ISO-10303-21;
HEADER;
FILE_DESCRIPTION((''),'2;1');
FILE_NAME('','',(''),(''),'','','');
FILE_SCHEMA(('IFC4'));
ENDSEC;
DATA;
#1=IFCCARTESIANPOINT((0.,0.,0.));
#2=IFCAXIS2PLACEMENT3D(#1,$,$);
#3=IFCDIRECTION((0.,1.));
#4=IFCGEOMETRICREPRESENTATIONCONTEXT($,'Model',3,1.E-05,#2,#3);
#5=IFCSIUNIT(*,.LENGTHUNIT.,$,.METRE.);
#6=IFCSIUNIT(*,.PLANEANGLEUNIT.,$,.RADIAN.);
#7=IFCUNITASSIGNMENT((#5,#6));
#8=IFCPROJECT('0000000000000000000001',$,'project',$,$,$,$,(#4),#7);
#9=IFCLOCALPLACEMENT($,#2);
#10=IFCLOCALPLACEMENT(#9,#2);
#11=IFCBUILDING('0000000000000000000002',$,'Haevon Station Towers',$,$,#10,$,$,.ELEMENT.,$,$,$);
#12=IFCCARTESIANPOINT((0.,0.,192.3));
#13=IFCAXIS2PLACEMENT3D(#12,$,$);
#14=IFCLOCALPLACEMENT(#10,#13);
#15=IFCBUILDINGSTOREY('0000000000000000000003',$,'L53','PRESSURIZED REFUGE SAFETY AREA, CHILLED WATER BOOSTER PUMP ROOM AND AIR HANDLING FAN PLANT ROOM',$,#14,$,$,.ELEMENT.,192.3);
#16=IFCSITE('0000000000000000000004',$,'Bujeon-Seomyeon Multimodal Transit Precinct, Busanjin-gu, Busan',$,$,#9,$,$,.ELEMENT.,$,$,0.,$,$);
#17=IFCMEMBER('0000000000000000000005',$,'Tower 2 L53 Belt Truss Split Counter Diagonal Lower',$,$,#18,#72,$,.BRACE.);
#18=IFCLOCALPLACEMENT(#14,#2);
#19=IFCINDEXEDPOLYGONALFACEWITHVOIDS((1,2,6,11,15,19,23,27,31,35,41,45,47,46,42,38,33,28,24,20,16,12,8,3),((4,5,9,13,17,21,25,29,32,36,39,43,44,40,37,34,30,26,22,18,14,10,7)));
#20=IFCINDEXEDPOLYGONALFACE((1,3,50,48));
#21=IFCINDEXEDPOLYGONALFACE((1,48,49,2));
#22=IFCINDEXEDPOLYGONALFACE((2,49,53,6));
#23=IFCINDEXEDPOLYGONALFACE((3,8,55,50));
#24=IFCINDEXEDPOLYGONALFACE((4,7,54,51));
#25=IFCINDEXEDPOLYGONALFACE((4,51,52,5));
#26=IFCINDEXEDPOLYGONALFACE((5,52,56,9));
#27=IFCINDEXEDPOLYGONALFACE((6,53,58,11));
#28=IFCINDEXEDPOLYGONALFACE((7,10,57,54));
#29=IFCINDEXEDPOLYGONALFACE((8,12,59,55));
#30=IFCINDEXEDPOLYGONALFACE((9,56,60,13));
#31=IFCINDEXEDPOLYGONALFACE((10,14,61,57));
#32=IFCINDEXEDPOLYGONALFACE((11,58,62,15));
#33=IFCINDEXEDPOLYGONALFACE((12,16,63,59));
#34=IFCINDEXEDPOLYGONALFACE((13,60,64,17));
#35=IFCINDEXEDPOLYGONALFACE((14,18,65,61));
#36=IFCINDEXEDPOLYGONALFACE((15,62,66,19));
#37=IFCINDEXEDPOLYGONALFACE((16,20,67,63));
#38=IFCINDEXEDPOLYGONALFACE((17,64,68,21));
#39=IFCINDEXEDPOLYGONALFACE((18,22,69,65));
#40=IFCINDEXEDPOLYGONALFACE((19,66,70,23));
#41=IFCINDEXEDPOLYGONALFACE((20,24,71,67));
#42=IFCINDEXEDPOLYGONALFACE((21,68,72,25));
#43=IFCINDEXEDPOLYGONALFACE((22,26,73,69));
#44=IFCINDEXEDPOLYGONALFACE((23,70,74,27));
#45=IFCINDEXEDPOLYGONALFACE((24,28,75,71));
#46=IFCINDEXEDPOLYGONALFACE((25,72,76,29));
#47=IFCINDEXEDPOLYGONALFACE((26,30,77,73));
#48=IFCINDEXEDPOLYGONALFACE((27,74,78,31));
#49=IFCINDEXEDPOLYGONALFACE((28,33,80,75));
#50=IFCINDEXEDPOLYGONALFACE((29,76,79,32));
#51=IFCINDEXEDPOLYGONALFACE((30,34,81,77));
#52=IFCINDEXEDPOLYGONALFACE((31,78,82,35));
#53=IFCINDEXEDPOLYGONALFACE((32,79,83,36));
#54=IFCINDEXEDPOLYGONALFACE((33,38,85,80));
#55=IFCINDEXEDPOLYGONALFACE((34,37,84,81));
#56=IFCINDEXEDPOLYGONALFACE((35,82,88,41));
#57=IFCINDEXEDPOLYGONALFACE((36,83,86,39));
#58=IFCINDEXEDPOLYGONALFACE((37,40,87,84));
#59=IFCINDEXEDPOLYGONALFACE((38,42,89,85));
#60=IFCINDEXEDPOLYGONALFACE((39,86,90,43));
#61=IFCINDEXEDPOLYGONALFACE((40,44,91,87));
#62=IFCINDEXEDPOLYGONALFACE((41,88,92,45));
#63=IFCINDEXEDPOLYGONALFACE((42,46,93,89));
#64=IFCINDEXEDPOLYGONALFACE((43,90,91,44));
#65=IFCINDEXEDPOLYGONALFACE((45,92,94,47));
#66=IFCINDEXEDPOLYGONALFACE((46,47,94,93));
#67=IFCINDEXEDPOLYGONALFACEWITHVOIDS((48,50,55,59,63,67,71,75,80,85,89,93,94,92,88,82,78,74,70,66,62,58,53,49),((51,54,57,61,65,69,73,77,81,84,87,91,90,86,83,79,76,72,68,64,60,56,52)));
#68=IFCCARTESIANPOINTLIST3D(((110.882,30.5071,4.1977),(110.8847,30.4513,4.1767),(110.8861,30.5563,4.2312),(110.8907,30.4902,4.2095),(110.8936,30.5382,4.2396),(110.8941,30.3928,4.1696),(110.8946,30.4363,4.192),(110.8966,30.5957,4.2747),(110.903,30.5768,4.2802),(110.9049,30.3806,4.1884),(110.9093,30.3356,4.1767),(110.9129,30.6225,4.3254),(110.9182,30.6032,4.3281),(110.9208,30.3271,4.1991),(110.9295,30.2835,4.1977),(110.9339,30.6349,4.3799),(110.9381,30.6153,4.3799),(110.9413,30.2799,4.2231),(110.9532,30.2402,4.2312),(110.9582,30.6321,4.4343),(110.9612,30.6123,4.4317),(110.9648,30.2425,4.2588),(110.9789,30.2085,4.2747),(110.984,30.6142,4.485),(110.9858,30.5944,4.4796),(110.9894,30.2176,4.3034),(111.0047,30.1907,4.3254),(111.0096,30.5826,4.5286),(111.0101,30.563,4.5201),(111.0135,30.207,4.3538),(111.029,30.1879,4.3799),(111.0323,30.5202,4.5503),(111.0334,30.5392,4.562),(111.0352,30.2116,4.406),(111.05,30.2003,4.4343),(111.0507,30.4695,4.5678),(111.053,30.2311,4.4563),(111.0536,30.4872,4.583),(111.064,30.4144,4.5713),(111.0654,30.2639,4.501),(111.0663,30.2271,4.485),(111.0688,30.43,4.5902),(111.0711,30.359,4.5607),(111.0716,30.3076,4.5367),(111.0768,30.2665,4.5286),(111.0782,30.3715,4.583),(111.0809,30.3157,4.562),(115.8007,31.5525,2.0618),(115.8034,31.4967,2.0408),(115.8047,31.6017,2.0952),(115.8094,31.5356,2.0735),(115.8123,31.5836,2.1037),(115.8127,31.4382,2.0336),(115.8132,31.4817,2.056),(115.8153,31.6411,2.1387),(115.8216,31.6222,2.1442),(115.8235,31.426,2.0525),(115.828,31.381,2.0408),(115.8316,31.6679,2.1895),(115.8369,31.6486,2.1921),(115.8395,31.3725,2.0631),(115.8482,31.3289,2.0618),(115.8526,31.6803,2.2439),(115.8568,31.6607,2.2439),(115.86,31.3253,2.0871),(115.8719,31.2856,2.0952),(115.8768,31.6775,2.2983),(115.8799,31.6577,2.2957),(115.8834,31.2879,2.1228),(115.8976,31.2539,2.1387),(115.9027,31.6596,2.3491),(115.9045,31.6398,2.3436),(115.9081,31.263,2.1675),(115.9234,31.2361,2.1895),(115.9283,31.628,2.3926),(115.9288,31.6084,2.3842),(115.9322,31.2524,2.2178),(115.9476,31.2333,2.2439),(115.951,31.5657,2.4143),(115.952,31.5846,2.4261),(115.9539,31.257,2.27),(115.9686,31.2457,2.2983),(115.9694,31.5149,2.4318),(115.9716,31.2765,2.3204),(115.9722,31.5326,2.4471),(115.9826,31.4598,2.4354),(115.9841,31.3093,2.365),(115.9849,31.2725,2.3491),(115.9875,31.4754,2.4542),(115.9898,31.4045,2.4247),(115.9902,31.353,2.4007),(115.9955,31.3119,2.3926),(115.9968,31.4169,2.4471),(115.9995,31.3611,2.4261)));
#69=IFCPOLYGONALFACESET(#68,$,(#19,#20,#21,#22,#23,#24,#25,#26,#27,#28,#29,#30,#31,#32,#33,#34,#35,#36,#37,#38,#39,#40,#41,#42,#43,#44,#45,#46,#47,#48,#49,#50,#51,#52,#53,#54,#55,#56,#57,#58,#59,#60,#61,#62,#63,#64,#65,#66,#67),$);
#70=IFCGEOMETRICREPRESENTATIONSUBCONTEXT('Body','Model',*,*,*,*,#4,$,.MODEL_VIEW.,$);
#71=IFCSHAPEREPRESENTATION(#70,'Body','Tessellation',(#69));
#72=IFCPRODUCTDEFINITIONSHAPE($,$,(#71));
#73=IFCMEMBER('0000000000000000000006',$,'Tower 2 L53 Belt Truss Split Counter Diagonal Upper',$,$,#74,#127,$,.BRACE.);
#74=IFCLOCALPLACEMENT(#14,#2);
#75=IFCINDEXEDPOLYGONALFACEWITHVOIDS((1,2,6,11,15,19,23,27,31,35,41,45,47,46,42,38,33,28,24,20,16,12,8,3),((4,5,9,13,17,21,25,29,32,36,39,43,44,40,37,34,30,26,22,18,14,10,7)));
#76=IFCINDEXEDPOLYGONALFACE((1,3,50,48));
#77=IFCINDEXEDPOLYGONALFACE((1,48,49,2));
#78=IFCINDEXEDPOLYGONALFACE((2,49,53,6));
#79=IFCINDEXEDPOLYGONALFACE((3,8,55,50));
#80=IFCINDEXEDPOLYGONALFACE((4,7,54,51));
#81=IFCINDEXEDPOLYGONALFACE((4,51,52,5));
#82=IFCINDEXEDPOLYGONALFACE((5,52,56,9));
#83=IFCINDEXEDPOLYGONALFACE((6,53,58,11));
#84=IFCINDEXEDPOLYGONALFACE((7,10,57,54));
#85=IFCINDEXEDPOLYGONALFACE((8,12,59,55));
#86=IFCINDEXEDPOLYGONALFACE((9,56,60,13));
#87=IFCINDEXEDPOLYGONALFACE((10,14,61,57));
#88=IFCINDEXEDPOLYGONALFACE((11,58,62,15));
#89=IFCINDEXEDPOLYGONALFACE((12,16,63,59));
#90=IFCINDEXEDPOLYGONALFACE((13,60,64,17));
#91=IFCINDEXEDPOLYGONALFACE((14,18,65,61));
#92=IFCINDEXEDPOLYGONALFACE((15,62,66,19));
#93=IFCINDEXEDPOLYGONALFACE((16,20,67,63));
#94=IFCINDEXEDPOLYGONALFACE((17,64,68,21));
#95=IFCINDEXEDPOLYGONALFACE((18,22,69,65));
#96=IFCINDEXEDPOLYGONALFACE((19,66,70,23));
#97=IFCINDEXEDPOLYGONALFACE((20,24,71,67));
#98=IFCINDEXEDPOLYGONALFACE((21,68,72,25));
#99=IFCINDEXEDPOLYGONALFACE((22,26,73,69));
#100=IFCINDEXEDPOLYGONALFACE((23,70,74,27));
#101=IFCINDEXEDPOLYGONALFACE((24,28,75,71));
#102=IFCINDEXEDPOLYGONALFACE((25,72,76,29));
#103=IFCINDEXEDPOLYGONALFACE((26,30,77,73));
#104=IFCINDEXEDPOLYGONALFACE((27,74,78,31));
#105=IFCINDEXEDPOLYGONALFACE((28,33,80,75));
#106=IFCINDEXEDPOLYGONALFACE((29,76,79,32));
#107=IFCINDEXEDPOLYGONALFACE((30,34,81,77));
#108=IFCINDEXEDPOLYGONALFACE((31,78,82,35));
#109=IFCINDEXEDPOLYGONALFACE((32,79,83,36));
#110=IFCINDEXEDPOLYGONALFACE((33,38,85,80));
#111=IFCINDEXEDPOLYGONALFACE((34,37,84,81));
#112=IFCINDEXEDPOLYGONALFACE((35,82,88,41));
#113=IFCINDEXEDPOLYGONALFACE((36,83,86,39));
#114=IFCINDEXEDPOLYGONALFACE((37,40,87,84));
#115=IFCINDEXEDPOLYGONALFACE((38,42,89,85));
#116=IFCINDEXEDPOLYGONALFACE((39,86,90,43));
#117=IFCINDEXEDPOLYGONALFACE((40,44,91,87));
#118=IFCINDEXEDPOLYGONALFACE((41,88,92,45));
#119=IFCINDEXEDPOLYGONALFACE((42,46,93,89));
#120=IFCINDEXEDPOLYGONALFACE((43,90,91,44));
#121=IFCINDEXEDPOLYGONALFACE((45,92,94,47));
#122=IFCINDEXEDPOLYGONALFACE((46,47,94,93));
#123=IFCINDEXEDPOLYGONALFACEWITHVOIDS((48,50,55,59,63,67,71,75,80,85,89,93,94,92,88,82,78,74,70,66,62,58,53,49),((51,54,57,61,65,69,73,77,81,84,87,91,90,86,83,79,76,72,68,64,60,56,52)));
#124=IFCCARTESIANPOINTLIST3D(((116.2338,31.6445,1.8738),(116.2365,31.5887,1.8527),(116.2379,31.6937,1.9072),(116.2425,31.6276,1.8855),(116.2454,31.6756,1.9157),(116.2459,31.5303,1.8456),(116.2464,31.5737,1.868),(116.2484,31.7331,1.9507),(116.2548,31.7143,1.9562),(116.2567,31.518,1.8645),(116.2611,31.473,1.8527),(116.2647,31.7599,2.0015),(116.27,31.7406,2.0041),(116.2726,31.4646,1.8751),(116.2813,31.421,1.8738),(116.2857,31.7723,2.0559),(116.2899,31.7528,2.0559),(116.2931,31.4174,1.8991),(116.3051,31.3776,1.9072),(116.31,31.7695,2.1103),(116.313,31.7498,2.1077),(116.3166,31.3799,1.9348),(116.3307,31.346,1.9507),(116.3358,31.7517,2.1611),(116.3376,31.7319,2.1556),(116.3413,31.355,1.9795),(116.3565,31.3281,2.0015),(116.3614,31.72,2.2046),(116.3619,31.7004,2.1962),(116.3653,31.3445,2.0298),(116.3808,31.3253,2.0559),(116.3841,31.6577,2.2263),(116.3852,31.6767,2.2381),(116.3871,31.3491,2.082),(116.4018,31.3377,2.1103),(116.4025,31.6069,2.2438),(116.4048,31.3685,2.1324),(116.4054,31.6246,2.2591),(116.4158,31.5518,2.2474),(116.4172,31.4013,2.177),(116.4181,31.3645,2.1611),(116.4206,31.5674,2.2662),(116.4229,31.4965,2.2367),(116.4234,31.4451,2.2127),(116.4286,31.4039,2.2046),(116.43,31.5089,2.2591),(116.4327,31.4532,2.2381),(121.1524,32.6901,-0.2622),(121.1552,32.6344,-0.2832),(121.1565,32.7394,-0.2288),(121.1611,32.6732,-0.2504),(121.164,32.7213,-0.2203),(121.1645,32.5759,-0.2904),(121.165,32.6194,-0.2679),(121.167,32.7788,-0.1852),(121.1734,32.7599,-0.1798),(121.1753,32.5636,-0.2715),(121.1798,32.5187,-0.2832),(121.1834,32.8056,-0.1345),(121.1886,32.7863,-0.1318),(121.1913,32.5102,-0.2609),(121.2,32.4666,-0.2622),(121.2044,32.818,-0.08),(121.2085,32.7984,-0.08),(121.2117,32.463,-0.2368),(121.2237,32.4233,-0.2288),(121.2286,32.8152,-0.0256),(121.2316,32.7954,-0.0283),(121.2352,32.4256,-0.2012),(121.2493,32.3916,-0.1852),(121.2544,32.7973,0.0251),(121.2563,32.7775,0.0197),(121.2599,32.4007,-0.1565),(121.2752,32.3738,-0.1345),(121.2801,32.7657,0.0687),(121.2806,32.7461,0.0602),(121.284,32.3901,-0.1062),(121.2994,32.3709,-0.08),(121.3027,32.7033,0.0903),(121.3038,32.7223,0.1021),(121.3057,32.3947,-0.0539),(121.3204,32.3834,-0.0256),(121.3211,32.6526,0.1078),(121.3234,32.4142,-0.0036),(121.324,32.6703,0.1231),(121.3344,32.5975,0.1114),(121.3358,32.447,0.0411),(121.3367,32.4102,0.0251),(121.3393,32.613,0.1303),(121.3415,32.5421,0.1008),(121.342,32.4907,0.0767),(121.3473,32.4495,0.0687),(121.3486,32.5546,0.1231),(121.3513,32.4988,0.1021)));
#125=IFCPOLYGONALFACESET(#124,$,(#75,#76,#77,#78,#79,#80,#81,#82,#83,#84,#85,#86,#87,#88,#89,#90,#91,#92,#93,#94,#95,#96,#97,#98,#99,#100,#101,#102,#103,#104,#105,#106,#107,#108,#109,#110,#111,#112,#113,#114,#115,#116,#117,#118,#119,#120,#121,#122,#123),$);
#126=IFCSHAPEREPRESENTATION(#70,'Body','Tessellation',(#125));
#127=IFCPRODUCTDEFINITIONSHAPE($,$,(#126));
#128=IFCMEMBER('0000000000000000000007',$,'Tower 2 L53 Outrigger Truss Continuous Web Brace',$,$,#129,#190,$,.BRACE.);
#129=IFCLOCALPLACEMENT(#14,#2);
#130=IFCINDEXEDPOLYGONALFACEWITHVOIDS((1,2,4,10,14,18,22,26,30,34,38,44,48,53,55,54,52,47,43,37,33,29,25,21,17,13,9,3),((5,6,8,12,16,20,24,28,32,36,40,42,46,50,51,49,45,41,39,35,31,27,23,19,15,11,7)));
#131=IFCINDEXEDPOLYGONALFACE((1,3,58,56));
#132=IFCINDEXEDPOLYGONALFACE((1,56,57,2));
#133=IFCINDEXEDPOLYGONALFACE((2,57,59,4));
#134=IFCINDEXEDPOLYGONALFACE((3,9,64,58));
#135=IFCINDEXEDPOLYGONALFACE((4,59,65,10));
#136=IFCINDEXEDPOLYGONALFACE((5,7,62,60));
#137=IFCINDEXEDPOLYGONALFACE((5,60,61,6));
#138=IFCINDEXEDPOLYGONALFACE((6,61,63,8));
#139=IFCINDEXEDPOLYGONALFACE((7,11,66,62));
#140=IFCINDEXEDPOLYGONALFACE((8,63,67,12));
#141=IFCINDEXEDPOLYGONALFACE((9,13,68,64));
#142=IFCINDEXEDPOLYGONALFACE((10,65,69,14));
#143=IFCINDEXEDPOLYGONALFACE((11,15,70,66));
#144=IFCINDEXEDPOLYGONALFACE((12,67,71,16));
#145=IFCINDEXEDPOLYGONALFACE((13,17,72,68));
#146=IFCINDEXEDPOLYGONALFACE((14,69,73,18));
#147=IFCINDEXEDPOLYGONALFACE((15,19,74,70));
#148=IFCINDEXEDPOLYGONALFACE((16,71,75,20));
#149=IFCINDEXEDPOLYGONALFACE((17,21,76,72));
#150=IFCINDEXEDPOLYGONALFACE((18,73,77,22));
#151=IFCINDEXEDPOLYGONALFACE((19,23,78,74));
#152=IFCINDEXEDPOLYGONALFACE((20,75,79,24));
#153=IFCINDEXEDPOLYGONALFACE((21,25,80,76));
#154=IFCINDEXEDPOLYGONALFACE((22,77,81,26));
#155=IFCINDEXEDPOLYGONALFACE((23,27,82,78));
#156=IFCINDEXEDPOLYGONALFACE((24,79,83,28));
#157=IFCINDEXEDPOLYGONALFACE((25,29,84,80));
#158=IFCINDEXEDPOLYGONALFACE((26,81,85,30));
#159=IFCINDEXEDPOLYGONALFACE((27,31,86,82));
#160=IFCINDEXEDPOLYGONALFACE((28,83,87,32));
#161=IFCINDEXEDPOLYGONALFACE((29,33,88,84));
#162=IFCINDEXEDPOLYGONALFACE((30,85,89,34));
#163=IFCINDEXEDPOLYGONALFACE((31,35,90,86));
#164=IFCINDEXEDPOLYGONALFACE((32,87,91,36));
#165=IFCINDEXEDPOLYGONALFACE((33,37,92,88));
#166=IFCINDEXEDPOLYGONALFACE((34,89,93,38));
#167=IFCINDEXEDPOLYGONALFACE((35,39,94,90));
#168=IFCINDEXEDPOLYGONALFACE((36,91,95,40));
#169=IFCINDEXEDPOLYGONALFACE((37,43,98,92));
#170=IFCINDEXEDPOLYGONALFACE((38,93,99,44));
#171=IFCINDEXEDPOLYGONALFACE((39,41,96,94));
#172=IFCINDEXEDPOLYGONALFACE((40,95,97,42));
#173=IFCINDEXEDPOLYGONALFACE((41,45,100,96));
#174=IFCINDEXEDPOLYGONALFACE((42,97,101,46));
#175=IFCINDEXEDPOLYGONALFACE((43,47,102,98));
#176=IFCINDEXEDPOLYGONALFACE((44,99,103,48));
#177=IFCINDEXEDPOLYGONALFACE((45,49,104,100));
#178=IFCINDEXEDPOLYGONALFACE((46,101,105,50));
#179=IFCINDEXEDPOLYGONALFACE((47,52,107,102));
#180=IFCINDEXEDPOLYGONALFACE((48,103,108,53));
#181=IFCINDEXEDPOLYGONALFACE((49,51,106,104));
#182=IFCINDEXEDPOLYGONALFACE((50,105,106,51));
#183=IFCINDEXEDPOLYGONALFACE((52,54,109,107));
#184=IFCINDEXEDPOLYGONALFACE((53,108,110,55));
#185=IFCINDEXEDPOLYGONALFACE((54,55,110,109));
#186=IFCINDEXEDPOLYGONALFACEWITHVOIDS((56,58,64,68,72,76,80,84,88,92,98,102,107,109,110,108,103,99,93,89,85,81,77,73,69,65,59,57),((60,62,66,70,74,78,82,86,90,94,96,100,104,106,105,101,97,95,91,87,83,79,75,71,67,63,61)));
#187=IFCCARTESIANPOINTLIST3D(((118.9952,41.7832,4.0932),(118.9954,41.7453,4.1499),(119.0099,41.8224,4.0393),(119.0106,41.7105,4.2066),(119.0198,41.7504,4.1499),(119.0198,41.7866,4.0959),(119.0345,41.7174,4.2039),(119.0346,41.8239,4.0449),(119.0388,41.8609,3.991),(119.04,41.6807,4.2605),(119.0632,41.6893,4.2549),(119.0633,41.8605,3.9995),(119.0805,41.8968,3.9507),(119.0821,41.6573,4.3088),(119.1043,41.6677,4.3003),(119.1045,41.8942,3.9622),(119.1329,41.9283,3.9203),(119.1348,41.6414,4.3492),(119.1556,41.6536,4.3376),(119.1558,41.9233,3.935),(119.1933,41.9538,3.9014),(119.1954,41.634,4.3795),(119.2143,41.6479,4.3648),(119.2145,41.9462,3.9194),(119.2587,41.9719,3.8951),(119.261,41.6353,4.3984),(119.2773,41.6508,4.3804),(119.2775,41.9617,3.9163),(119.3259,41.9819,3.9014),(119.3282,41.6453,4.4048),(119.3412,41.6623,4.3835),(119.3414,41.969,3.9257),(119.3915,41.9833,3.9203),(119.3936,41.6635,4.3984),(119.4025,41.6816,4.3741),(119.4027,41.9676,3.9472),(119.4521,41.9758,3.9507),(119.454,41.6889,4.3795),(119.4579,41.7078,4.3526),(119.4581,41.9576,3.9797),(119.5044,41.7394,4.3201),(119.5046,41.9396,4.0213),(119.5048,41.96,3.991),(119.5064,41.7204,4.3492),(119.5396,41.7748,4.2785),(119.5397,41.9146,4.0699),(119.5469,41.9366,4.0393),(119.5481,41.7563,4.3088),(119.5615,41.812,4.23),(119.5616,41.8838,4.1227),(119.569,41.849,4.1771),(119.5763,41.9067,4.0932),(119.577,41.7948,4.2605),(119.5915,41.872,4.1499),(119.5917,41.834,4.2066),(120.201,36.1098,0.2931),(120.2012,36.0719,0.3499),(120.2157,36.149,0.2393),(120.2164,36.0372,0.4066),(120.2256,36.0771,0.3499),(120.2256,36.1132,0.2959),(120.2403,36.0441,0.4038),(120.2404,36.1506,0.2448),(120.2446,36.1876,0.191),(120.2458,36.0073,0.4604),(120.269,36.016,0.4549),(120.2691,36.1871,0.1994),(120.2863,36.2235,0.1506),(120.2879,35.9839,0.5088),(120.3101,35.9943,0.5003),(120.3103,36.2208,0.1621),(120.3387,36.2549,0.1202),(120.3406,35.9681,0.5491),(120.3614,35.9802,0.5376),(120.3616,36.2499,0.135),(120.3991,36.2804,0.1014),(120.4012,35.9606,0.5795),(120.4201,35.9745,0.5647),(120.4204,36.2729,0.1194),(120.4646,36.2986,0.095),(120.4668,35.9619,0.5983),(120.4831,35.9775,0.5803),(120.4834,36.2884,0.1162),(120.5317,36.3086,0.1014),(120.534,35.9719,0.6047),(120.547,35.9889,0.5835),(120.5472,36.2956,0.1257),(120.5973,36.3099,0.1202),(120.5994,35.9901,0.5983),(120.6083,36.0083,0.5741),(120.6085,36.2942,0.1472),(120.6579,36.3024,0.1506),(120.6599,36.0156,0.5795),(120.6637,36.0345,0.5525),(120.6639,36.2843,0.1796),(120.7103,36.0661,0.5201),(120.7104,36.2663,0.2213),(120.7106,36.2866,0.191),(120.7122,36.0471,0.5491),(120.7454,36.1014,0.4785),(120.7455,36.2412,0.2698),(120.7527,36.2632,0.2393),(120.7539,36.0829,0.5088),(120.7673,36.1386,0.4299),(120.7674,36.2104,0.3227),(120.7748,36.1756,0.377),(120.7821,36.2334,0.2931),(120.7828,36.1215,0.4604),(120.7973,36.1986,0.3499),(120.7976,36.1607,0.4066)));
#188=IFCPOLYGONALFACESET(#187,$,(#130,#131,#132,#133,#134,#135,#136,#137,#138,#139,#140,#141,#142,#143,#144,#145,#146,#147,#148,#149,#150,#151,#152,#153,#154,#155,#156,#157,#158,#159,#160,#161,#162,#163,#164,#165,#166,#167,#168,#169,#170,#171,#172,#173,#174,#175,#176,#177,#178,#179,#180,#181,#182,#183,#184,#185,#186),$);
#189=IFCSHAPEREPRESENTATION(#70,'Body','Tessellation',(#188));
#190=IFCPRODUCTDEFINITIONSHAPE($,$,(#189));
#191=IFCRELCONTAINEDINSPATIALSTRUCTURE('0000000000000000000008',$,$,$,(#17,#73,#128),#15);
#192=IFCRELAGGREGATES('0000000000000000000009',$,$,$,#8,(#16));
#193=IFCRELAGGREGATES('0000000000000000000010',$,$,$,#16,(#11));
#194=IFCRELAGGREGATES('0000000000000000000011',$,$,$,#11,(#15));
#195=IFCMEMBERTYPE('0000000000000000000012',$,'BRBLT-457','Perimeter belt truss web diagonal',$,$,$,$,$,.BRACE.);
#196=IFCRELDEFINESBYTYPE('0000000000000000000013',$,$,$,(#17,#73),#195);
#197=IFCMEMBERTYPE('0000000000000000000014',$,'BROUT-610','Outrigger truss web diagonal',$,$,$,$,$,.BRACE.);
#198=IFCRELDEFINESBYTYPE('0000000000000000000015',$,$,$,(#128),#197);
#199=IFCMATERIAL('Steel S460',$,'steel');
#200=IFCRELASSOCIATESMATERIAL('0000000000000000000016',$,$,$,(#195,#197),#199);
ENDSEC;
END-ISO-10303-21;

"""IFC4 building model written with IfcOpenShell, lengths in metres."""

from ifc_helpers import new_model, si_unit, direction, frame, origin, origin_2d, place, context, subcontext, project, spatial, hollow_circle, extrude, material, material_profile, profile_set, type_object, element, save


model = new_model("IFC4")

# Units and contexts
model_context = context("Model", 3, precision=1e-05, world=origin(), true_north=direction((0.0, 1.0)))
body_context = subcontext(model_context, "Body", "Model", "MODEL_VIEW")
ifc_project = project(units=[si_unit("LENGTHUNIT", "METRE"), si_unit("PLANEANGLEUNIT", "RADIAN")], contexts=[model_context])

# Site, building, storey
site_placement = place(None, origin())
site = spatial("IfcSite", under=ifc_project, at=site_placement, Name="Bujeon-Seomyeon Multimodal Transit Precinct, Busanjin-gu, Busan", CompositionType="ELEMENT", RefElevation=0.0)
building_placement = place(site_placement, origin())
building = spatial("IfcBuilding", under=site, at=building_placement, Name="Haevon Station Towers", CompositionType="ELEMENT")
storey_placement = place(building_placement, frame((0.0, 0.0, 192.3)))
storey = spatial("IfcBuildingStorey", under=building, at=storey_placement, Name="L53", Description="PRESSURIZED REFUGE SAFETY AREA, CHILLED WATER BOOSTER PUMP ROOM AND AIR HANDLING FAN PLANT ROOM", CompositionType="ELEMENT", Elevation=192.3)

# Shared definitions
ifc_material_1 = material(Name="Steel S460", Category="steel")

# Members
ifc_material_profile_1 = material_profile(ifc_material_1, hollow_circle(Radius=0.2285, WallThickness=0.02, at=origin_2d()), Name="CHS-457x20")
ifc_profile_set_1 = profile_set([ifc_material_profile_1], Name="Steel S460")
member_type_1 = type_object("IfcMemberType", Name="BRBLT-457", Description="Perimeter belt truss web diagonal", PredefinedType="BRACE", material=ifc_profile_set_1)
for number, where, z_axis, x_axis, name in (
    (1, (110.9814, 30.4114, 4.3799), (0.900297, 0.191347, -0.390962), (-0.207894, 0.978151, 0.0), "Tower 2 L53 Belt Truss Split Counter Diagonal Lower"),
    (2, (116.3333, 31.5488, 2.0559), (0.90029, 0.19139, -0.390958), (-0.207941, 0.978141, 0.0), "Tower 2 L53 Belt Truss Split Counter Diagonal Upper"),
):
    element("IfcMember", number, at=place(storey_placement, frame(where, z_axis=z_axis, x_axis=x_axis)), inside=storey, type_object=member_type_1, Name=name, PredefinedType="BRACE", context=body_context, shape_type="SweptSolid", body=[
        extrude(hollow_circle(Radius=0.2285, WallThickness=0.02, at=origin_2d()), origin(), (0.0, 0.0, 1.0), 5.4634),
    ])
ifc_material_profile_2 = material_profile(ifc_material_1, hollow_circle(Radius=0.3047, WallThickness=0.0249, at=origin_2d()), Name="CHS-609.6x25")
ifc_profile_set_2 = profile_set([ifc_material_profile_2], Name="Steel S460")
member_type_2 = type_object("IfcMemberType", Name="BROUT-610", Description="Outrigger truss web diagonal", PredefinedType="BRACE", material=ifc_profile_set_2)
member_1_placement = place(storey_placement, frame((120.4993, 36.1353, 0.3499), z_axis=(-0.173897, 0.818185, 0.548027), x_axis=(-0.978151, -0.207896, 0.0)))
element("IfcMember", 3, at=member_1_placement, inside=storey, type_object=member_type_2, Name="Tower 2 L53 Outrigger Truss Continuous Web Brace", PredefinedType="BRACE", context=body_context, shape_type="SweptSolid", body=[
    extrude(hollow_circle(Radius=0.3047, WallThickness=0.0249, at=origin_2d()), origin(), (0.0, 0.0, 1.0), 6.9341),
])

save(model, "model.ifc")
